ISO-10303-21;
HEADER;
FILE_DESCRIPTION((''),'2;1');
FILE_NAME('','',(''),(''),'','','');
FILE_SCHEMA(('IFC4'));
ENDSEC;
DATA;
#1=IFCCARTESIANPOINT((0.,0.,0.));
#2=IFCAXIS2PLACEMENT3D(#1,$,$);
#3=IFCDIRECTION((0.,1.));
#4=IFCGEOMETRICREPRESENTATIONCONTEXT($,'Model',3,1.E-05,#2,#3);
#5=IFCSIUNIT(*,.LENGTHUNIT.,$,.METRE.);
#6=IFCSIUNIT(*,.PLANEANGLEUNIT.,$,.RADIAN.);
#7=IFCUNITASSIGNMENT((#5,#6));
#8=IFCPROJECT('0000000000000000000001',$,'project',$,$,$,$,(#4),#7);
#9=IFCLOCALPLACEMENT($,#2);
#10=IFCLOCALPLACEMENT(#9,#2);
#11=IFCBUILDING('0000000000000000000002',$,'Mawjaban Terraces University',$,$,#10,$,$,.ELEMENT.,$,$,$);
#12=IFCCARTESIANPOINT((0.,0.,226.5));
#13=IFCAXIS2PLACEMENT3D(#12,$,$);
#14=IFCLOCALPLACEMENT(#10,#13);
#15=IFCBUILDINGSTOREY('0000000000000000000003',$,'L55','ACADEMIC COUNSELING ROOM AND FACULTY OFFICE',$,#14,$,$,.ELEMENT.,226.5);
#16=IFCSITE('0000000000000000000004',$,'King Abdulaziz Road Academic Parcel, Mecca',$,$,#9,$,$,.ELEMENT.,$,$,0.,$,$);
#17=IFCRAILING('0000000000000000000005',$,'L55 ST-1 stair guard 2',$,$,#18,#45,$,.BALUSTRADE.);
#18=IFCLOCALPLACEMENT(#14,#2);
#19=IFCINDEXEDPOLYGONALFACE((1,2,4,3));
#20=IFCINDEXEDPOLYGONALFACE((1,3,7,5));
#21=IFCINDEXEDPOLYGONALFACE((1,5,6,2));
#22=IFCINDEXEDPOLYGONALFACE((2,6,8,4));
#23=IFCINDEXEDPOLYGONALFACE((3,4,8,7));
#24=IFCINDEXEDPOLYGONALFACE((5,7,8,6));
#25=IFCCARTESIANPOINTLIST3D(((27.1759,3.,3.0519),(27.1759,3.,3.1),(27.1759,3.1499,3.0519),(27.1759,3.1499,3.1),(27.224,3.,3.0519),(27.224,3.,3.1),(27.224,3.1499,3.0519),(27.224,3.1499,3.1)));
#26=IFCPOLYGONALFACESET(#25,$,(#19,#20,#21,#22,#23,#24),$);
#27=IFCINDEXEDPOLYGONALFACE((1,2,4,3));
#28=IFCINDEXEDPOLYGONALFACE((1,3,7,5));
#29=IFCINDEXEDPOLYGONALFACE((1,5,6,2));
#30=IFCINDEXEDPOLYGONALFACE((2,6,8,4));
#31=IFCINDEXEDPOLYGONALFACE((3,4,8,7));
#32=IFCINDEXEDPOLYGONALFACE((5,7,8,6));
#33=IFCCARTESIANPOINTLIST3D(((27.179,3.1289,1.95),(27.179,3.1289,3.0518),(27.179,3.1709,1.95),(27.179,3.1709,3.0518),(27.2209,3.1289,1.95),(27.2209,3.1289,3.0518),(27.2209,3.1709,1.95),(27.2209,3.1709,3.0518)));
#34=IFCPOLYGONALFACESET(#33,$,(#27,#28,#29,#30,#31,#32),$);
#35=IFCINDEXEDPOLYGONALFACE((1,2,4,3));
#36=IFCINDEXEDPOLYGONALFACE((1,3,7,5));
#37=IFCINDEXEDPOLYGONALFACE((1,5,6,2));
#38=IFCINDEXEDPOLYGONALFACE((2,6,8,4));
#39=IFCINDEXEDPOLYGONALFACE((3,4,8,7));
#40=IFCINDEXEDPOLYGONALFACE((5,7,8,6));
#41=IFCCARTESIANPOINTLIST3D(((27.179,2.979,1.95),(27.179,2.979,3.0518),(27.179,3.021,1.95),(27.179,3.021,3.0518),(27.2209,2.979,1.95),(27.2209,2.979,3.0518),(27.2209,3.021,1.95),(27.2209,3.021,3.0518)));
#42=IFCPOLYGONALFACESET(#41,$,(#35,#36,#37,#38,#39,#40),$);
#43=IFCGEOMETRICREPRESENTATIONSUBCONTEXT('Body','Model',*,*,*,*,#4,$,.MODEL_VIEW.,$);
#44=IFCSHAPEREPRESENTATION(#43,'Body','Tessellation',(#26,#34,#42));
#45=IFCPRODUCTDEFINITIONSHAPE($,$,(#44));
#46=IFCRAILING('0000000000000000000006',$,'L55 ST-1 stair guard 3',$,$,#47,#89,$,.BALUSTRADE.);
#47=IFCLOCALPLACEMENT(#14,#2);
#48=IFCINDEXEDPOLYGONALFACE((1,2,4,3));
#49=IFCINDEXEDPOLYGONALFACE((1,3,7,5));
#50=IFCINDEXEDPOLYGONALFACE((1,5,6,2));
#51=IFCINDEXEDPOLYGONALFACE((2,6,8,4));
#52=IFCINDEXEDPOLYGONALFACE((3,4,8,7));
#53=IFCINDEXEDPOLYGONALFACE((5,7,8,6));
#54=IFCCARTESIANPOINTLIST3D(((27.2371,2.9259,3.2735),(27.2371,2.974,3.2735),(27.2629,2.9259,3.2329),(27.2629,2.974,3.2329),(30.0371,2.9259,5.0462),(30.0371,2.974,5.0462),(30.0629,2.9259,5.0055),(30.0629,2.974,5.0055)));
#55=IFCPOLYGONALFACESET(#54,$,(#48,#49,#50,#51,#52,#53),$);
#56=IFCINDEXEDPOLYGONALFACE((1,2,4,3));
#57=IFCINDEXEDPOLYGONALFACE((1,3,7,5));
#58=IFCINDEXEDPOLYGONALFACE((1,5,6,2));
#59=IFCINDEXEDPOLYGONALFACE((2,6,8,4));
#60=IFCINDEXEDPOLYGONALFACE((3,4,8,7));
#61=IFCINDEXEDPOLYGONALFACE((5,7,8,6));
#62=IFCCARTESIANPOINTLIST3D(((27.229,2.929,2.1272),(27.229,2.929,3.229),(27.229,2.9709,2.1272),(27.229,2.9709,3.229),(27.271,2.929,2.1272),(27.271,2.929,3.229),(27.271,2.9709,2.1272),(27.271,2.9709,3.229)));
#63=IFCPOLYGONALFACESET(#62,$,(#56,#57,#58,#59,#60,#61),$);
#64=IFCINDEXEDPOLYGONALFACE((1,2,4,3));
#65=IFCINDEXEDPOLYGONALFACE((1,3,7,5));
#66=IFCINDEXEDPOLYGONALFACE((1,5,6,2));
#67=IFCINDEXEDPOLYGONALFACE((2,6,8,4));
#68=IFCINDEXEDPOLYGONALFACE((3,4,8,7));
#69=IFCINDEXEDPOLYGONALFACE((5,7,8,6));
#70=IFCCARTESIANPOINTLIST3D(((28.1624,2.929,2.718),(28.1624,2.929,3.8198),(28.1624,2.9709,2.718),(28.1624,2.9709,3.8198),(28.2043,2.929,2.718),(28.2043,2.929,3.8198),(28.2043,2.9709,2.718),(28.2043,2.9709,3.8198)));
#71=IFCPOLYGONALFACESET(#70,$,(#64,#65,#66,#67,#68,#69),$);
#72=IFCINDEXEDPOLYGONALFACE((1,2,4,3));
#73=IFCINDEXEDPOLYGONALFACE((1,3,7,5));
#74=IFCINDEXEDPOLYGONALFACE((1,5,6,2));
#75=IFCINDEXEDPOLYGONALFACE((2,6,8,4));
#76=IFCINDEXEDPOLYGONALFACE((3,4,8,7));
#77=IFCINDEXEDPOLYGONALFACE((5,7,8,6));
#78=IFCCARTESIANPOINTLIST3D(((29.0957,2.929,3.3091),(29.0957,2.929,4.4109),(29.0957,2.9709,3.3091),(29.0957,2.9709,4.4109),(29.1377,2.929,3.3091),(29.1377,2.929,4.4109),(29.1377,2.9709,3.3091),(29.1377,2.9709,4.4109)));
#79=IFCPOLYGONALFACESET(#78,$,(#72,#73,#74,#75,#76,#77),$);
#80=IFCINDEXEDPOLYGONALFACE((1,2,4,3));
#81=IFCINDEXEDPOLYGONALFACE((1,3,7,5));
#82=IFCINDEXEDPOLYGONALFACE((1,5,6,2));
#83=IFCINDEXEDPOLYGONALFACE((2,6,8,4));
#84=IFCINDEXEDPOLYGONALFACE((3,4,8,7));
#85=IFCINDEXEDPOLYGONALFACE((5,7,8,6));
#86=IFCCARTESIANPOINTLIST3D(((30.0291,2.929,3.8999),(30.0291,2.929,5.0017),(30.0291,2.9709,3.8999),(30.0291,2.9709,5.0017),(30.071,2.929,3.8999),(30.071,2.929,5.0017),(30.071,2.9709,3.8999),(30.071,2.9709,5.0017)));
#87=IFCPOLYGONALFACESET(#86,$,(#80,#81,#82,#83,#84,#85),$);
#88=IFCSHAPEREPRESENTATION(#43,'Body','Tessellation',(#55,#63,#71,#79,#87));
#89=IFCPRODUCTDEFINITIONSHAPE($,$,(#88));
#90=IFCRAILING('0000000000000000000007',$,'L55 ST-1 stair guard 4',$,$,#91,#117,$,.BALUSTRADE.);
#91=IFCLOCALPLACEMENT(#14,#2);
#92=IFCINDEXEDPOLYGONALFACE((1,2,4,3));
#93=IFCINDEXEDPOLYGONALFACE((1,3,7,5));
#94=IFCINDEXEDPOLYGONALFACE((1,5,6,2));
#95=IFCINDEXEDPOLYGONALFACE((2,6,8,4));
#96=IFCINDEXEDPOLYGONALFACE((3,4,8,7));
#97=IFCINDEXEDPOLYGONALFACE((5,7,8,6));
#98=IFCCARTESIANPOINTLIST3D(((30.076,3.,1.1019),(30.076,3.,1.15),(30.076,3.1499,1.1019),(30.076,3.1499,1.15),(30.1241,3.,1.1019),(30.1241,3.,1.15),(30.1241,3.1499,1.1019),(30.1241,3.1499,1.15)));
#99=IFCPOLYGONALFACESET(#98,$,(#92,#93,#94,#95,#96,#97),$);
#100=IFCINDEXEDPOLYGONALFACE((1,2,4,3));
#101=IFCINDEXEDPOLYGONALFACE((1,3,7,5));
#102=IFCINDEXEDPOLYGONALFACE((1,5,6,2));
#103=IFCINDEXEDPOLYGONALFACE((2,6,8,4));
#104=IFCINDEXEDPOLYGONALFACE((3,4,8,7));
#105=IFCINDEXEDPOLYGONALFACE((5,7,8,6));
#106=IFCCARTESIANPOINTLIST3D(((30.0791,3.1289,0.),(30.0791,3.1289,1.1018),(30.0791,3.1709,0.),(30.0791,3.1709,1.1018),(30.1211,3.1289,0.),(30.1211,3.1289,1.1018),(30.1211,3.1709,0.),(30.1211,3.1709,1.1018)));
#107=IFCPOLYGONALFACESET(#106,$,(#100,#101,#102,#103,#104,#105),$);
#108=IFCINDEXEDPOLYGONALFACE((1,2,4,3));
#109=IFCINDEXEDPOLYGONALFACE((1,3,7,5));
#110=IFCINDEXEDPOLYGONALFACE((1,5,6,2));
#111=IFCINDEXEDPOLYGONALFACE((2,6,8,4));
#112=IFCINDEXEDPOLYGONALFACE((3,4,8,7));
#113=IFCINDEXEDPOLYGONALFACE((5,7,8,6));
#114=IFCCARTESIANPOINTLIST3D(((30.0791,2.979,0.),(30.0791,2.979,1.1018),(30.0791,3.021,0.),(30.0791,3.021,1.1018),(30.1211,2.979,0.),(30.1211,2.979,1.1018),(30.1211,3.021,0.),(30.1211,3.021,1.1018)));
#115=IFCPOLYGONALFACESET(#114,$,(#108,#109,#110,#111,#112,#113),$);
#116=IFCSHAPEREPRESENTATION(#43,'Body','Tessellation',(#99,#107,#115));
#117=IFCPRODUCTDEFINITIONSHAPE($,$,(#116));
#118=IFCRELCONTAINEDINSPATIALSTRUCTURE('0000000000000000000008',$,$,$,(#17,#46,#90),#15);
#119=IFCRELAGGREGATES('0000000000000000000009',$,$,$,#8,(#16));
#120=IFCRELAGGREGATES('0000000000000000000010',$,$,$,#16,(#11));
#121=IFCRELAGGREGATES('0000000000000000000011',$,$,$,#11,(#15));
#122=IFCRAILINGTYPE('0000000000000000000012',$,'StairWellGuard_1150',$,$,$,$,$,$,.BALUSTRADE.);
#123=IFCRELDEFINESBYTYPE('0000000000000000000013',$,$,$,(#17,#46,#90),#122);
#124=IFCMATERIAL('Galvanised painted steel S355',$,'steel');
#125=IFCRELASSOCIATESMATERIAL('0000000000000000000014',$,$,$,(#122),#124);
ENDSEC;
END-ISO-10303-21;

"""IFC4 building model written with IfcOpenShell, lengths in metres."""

from ifc_helpers import new_model, si_unit, direction, frame, origin, origin_2d, place, context, subcontext, project, spatial, rectangle, extrude, material, type_object, element, save


model = new_model("IFC4")

# Units and contexts
model_context = context("Model", 3, precision=1e-05, world=origin(), true_north=direction((0.0, 1.0)))
body_context = subcontext(model_context, "Body", "Model", "MODEL_VIEW")
ifc_project = project(units=[si_unit("LENGTHUNIT", "METRE"), si_unit("PLANEANGLEUNIT", "RADIAN")], contexts=[model_context])

# Site, building, storey
site_placement = place(None, origin())
site = spatial("IfcSite", under=ifc_project, at=site_placement, Name="King Abdulaziz Road Academic Parcel, Mecca", CompositionType="ELEMENT", RefElevation=0.0)
building_placement = place(site_placement, origin())
building = spatial("IfcBuilding", under=site, at=building_placement, Name="Mawjaban Terraces University", CompositionType="ELEMENT")
storey_placement = place(building_placement, frame((0.0, 0.0, 226.5)))
storey = spatial("IfcBuildingStorey", under=building, at=storey_placement, Name="L55", Description="ACADEMIC COUNSELING ROOM AND FACULTY OFFICE", CompositionType="ELEMENT", Elevation=226.5)

# Railings
ifc_material_1 = material(Name="Galvanised painted steel S355", Category="steel")
railing_type_1 = type_object("IfcRailingType", Name="StairWellGuard_1150", PredefinedType="BALUSTRADE", material=ifc_material_1)
railing_1_placement = place(storey_placement, frame((27.2, 3.1499, 1.95)))
element("IfcRailing", 1, at=railing_1_placement, inside=storey, type_object=railing_type_1, Name="L55 ST-1 stair guard 2", PredefinedType="BALUSTRADE", context=body_context, shape_type="SweptSolid", body=[
    extrude(rectangle(XDim=0.0481, YDim=0.0481, at=origin_2d()), frame((0.0, 0.0, 1.126), z_axis=(0.0, -1.0, 0.0), x_axis=(1.0, 0.0, 0.0)), (0.0, 0.0, 1.0), 0.1499),
    extrude(rectangle(XDim=0.042, YDim=0.042, at=origin_2d()), origin(), (0.0, 0.0, 1.0), 1.1018),
    extrude(rectangle(XDim=0.042, YDim=0.042, at=origin_2d()), frame((0.0, -0.1499, 0.0)), (0.0, 0.0, 1.0), 1.1018),
])
railing_2_placement = place(storey_placement, frame((27.25, 2.95, 2.1272)))
element("IfcRailing", 2, at=railing_2_placement, inside=storey, type_object=railing_type_1, Name="L55 ST-1 stair guard 3", PredefinedType="BALUSTRADE", context=body_context, shape_type="SweptSolid", body=[
    extrude(rectangle(XDim=0.0481, YDim=0.0481, at=origin_2d()), frame((0.0, 0.0, 1.126), z_axis=(0.844909, 0.0, 0.53491), x_axis=(0.0, 1.0, 0.0)), (0.0, 0.0, 1.0), 3.314),
    extrude(rectangle(XDim=0.042, YDim=0.042, at=origin_2d()), origin(), (0.0, 0.0, 1.0), 1.1018),
    extrude(rectangle(XDim=0.042, YDim=0.042, at=origin_2d()), frame((0.9333, 0.0, 0.5908)), (0.0, 0.0, 1.0), 1.1018),
    extrude(rectangle(XDim=0.042, YDim=0.042, at=origin_2d()), frame((1.8667, 0.0, 1.1819)), (0.0, 0.0, 1.0), 1.1018),
    extrude(rectangle(XDim=0.042, YDim=0.042, at=origin_2d()), frame((2.8, 0.0, 1.7727)), (0.0, 0.0, 1.0), 1.1018),
])
railing_3_placement = place(storey_placement, frame((30.1001, 3.1499, 0.0)))
element("IfcRailing", 3, at=railing_3_placement, inside=storey, type_object=railing_type_1, Name="L55 ST-1 stair guard 4", PredefinedType="BALUSTRADE", context=body_context, shape_type="SweptSolid", body=[
    extrude(rectangle(XDim=0.0481, YDim=0.0481, at=origin_2d()), frame((0.0, 0.0, 1.126), z_axis=(0.0, -1.0, 0.0), x_axis=(1.0, 0.0, 0.0)), (0.0, 0.0, 1.0), 0.1499),
    extrude(rectangle(XDim=0.042, YDim=0.042, at=origin_2d()), origin(), (0.0, 0.0, 1.0), 1.1018),
    extrude(rectangle(XDim=0.042, YDim=0.042, at=origin_2d()), frame((0.0, -0.1499, 0.0)), (0.0, 0.0, 1.0), 1.1018),
])

save(model, "model.ifc")
